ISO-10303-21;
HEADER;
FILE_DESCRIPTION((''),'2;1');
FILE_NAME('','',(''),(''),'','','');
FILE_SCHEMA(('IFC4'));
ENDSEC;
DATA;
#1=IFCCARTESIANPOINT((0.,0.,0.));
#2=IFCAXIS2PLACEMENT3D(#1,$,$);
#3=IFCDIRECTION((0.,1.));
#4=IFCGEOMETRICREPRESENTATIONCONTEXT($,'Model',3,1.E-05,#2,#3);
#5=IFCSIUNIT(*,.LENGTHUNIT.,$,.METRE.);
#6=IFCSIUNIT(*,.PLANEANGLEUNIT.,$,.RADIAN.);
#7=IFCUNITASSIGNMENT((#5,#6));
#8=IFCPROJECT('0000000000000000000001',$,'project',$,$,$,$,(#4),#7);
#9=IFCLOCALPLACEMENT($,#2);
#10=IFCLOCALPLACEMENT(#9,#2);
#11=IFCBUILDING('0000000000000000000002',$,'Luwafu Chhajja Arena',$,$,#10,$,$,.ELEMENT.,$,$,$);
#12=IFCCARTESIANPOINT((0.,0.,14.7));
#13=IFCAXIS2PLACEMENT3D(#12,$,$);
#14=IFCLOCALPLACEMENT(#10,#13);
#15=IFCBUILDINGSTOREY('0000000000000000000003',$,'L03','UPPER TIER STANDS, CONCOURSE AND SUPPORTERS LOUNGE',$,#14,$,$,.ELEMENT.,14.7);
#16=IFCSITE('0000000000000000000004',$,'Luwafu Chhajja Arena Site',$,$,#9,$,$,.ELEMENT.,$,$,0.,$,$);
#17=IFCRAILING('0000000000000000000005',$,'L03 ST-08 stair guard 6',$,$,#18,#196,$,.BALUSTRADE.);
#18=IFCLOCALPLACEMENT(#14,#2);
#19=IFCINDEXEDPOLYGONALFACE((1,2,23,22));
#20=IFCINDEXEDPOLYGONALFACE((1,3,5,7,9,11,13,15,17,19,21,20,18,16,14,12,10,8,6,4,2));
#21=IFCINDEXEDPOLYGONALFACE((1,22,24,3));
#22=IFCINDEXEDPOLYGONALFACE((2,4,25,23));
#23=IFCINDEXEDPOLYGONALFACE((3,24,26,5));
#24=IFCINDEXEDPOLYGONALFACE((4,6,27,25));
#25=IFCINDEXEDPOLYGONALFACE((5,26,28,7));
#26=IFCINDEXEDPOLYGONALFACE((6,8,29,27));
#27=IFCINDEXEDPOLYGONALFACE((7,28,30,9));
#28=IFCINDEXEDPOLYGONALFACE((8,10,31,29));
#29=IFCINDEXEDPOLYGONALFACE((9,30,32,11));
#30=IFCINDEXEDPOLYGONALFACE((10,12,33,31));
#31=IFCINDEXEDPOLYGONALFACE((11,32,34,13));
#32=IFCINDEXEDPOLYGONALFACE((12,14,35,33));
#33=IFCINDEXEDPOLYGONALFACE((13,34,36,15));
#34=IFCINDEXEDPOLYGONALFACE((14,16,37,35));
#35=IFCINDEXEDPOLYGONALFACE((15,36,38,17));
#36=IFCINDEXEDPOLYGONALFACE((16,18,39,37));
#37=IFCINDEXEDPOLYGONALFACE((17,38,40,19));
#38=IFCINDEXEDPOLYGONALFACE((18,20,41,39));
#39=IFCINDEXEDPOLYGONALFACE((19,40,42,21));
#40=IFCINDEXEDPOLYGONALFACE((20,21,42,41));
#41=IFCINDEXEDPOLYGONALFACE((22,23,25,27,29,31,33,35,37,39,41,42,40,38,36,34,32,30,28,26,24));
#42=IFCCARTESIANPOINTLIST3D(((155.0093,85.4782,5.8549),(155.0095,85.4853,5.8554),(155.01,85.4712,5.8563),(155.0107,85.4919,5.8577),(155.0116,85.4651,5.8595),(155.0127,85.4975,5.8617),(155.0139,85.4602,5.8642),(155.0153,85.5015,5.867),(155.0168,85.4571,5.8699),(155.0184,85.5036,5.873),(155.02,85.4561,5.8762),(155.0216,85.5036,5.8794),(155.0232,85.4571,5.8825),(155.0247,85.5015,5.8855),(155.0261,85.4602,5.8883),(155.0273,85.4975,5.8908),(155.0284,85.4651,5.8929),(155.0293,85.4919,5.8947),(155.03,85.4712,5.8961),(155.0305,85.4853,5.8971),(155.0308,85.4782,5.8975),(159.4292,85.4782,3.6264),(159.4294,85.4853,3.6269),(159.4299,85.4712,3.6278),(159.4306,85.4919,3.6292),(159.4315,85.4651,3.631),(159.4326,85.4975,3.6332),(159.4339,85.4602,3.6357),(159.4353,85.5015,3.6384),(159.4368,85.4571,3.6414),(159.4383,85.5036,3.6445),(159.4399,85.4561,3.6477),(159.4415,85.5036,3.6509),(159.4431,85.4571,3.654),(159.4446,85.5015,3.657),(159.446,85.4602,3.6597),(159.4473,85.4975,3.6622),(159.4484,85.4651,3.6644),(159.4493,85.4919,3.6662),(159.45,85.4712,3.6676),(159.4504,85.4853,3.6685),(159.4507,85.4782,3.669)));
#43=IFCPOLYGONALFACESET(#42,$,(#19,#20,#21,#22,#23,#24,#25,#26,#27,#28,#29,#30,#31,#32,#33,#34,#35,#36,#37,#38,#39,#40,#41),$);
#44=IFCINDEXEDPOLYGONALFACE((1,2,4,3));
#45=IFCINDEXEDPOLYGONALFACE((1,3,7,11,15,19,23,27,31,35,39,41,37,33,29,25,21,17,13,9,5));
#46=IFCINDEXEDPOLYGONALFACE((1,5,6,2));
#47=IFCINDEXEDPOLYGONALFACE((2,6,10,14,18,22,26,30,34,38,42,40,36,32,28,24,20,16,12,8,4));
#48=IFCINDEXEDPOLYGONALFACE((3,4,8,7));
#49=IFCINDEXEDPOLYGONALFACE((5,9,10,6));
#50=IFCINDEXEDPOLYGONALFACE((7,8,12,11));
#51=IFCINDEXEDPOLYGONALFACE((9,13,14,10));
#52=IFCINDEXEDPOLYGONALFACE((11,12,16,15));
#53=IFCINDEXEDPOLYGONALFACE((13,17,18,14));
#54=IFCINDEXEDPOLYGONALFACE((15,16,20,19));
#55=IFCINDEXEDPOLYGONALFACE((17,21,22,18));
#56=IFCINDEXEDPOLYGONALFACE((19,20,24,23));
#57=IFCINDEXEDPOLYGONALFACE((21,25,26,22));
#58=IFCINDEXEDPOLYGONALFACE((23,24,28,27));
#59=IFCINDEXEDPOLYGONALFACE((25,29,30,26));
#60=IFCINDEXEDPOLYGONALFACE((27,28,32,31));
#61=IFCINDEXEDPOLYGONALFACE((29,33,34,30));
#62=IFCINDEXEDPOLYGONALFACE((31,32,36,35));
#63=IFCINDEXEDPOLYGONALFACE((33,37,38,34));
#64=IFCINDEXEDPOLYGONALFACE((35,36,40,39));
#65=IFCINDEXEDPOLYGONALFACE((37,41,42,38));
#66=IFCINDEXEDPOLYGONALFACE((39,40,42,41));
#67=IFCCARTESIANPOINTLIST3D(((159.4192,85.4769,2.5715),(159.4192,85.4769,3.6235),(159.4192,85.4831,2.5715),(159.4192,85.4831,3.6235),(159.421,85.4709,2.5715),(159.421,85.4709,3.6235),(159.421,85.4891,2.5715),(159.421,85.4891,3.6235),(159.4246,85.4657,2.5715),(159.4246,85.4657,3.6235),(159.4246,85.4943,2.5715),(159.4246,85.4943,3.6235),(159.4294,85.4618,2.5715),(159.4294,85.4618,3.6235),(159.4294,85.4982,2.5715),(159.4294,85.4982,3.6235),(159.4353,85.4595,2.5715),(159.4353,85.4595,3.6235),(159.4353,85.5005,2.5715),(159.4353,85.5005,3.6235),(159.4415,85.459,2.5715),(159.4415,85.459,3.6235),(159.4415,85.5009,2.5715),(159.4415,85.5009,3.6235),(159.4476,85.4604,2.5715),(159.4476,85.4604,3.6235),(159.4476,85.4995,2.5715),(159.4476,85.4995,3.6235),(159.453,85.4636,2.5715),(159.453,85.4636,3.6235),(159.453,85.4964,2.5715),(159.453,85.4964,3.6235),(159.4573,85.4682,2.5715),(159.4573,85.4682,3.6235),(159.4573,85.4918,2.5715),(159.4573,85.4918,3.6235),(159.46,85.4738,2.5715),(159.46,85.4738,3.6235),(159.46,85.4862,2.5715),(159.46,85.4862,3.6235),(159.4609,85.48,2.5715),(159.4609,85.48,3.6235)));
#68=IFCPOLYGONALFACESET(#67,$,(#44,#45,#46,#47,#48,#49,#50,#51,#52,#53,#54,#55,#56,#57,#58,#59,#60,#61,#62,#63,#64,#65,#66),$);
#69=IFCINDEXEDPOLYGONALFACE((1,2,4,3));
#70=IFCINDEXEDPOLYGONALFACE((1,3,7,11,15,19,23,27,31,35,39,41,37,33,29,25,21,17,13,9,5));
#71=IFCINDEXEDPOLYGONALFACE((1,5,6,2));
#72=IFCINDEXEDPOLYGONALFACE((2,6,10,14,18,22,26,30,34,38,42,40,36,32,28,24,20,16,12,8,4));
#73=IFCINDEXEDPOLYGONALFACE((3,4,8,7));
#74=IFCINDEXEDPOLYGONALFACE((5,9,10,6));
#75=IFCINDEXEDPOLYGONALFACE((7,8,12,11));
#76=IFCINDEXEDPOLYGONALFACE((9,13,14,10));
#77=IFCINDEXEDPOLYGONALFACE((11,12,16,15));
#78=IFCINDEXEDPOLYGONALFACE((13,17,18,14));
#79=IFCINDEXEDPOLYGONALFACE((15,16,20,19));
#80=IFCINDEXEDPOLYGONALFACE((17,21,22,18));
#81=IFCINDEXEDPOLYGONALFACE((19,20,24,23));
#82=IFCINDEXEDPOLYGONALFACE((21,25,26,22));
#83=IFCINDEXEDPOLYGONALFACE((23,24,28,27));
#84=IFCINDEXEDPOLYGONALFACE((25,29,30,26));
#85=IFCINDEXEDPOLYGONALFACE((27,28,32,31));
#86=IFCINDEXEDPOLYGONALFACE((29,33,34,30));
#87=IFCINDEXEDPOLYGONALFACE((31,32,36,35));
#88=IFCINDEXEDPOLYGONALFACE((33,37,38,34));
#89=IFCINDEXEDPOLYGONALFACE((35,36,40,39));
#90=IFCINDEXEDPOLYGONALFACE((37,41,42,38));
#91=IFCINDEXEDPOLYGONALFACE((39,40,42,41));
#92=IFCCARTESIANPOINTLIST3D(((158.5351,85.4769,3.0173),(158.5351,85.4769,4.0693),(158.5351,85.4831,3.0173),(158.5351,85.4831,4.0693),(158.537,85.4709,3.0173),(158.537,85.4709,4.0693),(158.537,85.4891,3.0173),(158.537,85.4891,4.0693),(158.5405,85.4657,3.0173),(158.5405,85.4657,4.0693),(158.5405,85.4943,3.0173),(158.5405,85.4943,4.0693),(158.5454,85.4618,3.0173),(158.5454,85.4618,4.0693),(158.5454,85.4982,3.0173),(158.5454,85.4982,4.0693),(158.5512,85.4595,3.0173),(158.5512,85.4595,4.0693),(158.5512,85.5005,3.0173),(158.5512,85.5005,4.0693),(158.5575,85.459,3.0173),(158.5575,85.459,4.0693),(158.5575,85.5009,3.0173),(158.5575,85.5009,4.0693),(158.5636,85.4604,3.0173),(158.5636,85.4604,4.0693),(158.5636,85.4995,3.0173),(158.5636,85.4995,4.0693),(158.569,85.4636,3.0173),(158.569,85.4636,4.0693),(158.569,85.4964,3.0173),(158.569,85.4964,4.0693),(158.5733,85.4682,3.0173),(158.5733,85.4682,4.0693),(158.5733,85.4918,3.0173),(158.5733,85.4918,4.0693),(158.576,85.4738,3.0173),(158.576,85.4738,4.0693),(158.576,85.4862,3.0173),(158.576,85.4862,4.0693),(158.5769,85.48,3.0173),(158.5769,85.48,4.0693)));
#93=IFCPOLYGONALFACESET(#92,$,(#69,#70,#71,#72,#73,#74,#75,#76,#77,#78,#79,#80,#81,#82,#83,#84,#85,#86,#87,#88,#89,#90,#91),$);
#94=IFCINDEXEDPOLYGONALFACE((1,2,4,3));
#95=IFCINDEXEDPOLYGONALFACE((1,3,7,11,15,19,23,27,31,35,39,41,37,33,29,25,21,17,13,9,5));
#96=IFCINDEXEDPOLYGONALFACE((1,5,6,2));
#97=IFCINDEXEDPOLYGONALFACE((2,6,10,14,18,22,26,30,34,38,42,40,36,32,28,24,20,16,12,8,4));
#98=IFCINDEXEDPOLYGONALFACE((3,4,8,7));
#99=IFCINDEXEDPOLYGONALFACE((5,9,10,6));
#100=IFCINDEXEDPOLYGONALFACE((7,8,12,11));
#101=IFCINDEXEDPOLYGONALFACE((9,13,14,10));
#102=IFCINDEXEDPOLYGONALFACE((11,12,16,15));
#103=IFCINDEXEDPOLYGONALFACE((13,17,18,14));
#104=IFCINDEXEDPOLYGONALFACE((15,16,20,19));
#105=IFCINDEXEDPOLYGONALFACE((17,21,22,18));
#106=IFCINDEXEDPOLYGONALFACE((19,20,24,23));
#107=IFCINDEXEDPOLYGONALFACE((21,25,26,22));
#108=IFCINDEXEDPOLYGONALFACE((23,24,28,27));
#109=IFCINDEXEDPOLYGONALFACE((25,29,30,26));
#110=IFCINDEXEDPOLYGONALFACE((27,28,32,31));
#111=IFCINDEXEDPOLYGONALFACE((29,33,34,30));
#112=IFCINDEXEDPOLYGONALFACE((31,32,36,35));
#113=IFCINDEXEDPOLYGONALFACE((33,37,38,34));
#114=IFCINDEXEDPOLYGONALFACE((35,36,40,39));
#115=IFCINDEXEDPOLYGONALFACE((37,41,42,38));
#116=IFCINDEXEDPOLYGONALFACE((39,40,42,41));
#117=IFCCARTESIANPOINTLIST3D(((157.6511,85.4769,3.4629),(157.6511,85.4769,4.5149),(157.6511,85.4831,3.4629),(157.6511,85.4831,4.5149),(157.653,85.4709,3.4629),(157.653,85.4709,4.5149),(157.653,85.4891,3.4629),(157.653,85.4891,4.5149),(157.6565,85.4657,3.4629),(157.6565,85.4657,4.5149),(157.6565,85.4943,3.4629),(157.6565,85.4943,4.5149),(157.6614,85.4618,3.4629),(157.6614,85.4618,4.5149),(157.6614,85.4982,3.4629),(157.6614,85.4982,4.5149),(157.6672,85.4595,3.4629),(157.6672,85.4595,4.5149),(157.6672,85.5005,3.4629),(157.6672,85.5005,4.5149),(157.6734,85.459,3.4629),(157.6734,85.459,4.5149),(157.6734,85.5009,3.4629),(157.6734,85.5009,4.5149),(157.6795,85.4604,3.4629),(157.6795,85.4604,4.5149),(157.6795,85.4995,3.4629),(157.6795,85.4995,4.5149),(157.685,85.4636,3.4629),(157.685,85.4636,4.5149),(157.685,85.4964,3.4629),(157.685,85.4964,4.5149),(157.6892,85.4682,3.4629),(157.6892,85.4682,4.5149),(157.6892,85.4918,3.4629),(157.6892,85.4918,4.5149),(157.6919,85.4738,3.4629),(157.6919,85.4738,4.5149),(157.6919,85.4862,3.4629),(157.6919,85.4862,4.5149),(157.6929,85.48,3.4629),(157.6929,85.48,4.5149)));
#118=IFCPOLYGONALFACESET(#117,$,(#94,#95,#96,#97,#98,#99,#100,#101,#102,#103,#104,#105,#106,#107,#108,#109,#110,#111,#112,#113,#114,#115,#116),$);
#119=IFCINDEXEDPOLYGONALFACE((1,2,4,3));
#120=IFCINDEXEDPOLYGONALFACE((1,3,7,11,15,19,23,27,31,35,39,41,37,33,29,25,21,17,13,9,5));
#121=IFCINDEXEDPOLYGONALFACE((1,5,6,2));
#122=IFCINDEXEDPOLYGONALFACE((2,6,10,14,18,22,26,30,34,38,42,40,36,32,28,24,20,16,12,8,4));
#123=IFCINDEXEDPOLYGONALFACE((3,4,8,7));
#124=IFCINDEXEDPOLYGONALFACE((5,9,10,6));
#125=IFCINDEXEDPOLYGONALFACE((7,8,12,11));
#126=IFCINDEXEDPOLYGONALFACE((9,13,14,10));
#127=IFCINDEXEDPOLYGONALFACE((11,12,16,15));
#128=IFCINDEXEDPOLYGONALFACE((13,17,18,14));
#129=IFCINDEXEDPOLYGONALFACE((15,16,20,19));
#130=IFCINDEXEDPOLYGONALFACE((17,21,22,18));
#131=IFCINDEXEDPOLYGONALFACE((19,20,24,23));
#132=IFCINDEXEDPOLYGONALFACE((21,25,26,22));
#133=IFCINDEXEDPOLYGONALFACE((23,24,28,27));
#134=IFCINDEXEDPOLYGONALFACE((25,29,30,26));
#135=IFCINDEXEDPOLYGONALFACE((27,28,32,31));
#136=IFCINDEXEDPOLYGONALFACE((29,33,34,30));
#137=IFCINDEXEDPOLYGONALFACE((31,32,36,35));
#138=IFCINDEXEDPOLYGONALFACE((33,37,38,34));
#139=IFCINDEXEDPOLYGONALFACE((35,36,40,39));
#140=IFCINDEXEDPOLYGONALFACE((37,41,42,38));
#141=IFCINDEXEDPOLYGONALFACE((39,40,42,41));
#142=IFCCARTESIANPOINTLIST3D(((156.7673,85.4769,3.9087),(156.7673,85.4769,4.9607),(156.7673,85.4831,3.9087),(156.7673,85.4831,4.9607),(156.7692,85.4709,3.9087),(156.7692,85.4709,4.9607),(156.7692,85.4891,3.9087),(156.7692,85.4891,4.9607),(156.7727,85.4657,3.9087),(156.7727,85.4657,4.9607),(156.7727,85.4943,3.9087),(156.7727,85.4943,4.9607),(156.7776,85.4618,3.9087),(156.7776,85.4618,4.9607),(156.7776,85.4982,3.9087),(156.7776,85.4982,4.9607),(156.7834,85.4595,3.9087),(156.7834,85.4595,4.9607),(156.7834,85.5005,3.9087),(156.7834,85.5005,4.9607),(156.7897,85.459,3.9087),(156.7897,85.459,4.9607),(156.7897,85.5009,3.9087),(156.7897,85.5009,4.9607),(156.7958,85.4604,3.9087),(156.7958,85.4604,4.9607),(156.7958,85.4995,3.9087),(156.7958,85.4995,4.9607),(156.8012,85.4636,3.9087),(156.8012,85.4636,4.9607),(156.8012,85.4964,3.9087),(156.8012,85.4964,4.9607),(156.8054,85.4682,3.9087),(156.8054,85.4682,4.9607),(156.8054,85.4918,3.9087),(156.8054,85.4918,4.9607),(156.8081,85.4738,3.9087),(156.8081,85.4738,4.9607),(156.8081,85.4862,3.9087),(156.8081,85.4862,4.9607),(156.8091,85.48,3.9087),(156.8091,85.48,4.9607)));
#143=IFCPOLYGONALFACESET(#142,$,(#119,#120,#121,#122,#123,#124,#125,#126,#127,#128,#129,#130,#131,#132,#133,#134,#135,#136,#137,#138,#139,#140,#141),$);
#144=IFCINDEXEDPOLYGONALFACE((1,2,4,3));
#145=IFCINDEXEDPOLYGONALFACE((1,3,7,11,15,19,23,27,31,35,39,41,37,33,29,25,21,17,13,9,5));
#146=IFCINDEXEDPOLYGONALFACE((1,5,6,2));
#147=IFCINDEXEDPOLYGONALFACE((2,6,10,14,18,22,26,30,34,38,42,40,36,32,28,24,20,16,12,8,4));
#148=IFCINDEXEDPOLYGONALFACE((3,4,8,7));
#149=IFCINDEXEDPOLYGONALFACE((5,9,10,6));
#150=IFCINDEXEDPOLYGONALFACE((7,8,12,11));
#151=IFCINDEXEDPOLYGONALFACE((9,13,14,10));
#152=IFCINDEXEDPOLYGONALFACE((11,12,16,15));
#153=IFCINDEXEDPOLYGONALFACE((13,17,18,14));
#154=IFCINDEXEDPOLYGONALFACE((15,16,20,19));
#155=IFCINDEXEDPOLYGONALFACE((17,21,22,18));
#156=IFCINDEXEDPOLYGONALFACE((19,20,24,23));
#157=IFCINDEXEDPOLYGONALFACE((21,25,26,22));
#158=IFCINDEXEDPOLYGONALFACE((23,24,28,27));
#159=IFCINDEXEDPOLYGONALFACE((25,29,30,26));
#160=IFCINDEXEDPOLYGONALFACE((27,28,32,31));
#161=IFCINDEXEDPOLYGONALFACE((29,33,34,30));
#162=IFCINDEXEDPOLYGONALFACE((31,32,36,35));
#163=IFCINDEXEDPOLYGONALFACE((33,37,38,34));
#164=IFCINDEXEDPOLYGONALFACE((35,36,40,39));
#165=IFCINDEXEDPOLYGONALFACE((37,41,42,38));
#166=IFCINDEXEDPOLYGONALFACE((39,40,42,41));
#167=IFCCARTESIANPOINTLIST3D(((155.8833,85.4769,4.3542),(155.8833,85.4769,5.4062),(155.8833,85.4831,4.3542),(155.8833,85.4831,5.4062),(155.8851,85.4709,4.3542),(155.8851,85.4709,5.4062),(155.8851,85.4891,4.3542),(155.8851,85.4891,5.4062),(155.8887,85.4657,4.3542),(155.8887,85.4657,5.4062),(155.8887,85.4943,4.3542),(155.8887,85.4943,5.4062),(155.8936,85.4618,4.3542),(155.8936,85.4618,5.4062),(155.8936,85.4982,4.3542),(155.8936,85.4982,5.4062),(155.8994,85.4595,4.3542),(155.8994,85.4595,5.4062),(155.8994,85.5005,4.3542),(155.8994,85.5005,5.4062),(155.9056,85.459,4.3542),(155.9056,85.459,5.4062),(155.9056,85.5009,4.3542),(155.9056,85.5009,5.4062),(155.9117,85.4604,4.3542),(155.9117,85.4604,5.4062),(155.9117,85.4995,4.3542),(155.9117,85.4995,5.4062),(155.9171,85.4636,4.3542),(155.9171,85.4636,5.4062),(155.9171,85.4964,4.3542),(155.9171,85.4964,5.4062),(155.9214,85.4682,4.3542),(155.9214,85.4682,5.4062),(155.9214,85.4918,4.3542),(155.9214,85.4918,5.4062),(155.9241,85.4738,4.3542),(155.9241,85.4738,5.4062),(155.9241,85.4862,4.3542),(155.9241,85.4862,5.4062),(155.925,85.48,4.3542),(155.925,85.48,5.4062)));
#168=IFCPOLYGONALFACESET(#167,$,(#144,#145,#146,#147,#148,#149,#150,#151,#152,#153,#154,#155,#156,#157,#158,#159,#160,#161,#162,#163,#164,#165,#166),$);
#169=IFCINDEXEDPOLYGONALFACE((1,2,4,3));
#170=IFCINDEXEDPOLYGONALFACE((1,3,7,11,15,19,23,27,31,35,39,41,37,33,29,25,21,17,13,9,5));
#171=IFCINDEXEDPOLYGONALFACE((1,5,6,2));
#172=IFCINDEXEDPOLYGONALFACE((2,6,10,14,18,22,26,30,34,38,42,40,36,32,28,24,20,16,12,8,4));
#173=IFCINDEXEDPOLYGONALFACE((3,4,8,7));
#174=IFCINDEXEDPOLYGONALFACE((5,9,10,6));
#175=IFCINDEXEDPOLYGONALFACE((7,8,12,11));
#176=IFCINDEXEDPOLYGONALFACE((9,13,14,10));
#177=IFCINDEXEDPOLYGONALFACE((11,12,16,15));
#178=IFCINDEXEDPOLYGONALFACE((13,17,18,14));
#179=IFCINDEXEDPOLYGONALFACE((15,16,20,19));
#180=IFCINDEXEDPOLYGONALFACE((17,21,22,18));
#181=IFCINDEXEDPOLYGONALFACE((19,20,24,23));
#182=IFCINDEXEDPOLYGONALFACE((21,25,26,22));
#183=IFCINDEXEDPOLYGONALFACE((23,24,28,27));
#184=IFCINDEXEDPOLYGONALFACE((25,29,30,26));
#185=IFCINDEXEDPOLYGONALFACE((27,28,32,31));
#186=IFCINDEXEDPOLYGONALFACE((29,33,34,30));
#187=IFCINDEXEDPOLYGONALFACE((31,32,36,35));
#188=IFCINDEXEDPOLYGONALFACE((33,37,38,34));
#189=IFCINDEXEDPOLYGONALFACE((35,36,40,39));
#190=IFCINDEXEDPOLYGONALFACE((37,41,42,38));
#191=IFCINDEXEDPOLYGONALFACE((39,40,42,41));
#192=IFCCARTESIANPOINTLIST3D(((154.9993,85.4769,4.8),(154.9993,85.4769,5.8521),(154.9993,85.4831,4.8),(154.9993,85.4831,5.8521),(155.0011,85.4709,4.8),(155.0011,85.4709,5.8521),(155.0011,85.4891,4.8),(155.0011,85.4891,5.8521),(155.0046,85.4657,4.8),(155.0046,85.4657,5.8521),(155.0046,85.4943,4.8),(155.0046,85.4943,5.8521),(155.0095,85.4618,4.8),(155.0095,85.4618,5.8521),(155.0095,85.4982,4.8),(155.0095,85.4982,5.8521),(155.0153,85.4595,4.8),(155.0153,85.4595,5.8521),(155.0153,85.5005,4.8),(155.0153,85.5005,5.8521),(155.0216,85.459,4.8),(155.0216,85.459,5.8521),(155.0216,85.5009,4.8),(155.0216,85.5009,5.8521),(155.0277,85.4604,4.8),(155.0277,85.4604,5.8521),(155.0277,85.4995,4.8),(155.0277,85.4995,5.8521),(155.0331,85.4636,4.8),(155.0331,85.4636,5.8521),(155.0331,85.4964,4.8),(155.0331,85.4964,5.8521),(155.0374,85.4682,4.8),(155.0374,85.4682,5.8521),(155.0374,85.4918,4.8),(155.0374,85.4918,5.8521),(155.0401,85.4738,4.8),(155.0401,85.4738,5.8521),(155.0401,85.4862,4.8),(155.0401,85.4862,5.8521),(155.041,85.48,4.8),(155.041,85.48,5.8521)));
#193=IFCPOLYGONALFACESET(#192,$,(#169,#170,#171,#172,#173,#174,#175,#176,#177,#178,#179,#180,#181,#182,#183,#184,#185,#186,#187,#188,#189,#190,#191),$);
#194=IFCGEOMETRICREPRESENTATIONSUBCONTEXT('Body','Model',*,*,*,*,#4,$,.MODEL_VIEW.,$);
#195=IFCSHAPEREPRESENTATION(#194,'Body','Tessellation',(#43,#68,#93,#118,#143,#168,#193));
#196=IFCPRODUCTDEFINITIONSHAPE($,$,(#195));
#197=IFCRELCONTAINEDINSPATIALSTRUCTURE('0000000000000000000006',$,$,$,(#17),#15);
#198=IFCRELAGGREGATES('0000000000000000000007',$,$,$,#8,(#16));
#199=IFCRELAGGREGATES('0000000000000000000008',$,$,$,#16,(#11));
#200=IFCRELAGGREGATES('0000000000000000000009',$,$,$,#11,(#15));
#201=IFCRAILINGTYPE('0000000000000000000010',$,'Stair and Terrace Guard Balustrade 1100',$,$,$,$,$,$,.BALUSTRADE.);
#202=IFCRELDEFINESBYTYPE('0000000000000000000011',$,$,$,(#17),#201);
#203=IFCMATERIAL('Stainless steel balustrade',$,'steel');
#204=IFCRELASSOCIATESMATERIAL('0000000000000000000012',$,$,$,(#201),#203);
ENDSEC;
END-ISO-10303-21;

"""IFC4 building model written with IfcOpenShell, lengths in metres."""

from ifc_helpers import new_model, si_unit, direction, frame, origin, origin_2d, place, context, subcontext, project, spatial, circle, extrude, material, type_object, element, save


model = new_model("IFC4")

# Units and contexts
model_context = context("Model", 3, precision=1e-05, world=origin(), true_north=direction((0.0, 1.0)))
body_context = subcontext(model_context, "Body", "Model", "MODEL_VIEW")
ifc_project = project(units=[si_unit("LENGTHUNIT", "METRE"), si_unit("PLANEANGLEUNIT", "RADIAN")], contexts=[model_context])

# Site, building, storey
site_placement = place(None, origin())
site = spatial("IfcSite", under=ifc_project, at=site_placement, Name="Luwafu Chhajja Arena Site", CompositionType="ELEMENT", RefElevation=0.0)
building_placement = place(site_placement, origin())
building = spatial("IfcBuilding", under=site, at=building_placement, Name="Luwafu Chhajja Arena", CompositionType="ELEMENT")
storey_placement = place(building_placement, frame((0.0, 0.0, 14.7)))
storey = spatial("IfcBuildingStorey", under=building, at=storey_placement, Name="L03", Description="UPPER TIER STANDS, CONCOURSE AND SUPPORTERS LOUNGE", CompositionType="ELEMENT", Elevation=14.7)

# Railing
ifc_material_1 = material(Name="Stainless steel balustrade", Category="steel")
railing_type_1 = type_object("IfcRailingType", Name="Stair and Terrace Guard Balustrade 1100", PredefinedType="BALUSTRADE", material=ifc_material_1)
railing_1_placement = place(storey_placement, frame((159.4399, 85.48, 2.5715)))
element("IfcRailing", 1, at=railing_1_placement, inside=storey, type_object=railing_type_1, Name="L03 ST-08 stair guard 6", PredefinedType="BALUSTRADE", context=body_context, shape_type="SweptSolid", body=[
    extrude(circle(Radius=0.0239, at=origin_2d()), frame((0.0, 0.0, 1.0762), z_axis=(-0.892923, 0.0, 0.45021), x_axis=(0.0, -1.0, 0.0)), (0.0, 0.0, 1.0), 4.95),
    extrude(circle(Radius=0.021, at=origin_2d()), origin(), (0.0, 0.0, 1.0), 1.052),
    extrude(circle(Radius=0.021, at=origin_2d()), frame((-0.884, 0.0, 0.4458)), (0.0, 0.0, 1.0), 1.052),
    extrude(circle(Radius=0.021, at=origin_2d()), frame((-1.7681, 0.0, 0.8914)), (0.0, 0.0, 1.0), 1.052),
    extrude(circle(Radius=0.021, at=origin_2d()), frame((-2.6519, 0.0, 1.3372)), (0.0, 0.0, 1.0), 1.052),
    extrude(circle(Radius=0.021, at=origin_2d()), frame((-3.5359, 0.0, 1.7827)), (0.0, 0.0, 1.0), 1.052),
    extrude(circle(Radius=0.021, at=origin_2d()), frame((-4.4199, 0.0, 2.2285)), (0.0, 0.0, 1.0), 1.052),
])

save(model, "model.ifc")
